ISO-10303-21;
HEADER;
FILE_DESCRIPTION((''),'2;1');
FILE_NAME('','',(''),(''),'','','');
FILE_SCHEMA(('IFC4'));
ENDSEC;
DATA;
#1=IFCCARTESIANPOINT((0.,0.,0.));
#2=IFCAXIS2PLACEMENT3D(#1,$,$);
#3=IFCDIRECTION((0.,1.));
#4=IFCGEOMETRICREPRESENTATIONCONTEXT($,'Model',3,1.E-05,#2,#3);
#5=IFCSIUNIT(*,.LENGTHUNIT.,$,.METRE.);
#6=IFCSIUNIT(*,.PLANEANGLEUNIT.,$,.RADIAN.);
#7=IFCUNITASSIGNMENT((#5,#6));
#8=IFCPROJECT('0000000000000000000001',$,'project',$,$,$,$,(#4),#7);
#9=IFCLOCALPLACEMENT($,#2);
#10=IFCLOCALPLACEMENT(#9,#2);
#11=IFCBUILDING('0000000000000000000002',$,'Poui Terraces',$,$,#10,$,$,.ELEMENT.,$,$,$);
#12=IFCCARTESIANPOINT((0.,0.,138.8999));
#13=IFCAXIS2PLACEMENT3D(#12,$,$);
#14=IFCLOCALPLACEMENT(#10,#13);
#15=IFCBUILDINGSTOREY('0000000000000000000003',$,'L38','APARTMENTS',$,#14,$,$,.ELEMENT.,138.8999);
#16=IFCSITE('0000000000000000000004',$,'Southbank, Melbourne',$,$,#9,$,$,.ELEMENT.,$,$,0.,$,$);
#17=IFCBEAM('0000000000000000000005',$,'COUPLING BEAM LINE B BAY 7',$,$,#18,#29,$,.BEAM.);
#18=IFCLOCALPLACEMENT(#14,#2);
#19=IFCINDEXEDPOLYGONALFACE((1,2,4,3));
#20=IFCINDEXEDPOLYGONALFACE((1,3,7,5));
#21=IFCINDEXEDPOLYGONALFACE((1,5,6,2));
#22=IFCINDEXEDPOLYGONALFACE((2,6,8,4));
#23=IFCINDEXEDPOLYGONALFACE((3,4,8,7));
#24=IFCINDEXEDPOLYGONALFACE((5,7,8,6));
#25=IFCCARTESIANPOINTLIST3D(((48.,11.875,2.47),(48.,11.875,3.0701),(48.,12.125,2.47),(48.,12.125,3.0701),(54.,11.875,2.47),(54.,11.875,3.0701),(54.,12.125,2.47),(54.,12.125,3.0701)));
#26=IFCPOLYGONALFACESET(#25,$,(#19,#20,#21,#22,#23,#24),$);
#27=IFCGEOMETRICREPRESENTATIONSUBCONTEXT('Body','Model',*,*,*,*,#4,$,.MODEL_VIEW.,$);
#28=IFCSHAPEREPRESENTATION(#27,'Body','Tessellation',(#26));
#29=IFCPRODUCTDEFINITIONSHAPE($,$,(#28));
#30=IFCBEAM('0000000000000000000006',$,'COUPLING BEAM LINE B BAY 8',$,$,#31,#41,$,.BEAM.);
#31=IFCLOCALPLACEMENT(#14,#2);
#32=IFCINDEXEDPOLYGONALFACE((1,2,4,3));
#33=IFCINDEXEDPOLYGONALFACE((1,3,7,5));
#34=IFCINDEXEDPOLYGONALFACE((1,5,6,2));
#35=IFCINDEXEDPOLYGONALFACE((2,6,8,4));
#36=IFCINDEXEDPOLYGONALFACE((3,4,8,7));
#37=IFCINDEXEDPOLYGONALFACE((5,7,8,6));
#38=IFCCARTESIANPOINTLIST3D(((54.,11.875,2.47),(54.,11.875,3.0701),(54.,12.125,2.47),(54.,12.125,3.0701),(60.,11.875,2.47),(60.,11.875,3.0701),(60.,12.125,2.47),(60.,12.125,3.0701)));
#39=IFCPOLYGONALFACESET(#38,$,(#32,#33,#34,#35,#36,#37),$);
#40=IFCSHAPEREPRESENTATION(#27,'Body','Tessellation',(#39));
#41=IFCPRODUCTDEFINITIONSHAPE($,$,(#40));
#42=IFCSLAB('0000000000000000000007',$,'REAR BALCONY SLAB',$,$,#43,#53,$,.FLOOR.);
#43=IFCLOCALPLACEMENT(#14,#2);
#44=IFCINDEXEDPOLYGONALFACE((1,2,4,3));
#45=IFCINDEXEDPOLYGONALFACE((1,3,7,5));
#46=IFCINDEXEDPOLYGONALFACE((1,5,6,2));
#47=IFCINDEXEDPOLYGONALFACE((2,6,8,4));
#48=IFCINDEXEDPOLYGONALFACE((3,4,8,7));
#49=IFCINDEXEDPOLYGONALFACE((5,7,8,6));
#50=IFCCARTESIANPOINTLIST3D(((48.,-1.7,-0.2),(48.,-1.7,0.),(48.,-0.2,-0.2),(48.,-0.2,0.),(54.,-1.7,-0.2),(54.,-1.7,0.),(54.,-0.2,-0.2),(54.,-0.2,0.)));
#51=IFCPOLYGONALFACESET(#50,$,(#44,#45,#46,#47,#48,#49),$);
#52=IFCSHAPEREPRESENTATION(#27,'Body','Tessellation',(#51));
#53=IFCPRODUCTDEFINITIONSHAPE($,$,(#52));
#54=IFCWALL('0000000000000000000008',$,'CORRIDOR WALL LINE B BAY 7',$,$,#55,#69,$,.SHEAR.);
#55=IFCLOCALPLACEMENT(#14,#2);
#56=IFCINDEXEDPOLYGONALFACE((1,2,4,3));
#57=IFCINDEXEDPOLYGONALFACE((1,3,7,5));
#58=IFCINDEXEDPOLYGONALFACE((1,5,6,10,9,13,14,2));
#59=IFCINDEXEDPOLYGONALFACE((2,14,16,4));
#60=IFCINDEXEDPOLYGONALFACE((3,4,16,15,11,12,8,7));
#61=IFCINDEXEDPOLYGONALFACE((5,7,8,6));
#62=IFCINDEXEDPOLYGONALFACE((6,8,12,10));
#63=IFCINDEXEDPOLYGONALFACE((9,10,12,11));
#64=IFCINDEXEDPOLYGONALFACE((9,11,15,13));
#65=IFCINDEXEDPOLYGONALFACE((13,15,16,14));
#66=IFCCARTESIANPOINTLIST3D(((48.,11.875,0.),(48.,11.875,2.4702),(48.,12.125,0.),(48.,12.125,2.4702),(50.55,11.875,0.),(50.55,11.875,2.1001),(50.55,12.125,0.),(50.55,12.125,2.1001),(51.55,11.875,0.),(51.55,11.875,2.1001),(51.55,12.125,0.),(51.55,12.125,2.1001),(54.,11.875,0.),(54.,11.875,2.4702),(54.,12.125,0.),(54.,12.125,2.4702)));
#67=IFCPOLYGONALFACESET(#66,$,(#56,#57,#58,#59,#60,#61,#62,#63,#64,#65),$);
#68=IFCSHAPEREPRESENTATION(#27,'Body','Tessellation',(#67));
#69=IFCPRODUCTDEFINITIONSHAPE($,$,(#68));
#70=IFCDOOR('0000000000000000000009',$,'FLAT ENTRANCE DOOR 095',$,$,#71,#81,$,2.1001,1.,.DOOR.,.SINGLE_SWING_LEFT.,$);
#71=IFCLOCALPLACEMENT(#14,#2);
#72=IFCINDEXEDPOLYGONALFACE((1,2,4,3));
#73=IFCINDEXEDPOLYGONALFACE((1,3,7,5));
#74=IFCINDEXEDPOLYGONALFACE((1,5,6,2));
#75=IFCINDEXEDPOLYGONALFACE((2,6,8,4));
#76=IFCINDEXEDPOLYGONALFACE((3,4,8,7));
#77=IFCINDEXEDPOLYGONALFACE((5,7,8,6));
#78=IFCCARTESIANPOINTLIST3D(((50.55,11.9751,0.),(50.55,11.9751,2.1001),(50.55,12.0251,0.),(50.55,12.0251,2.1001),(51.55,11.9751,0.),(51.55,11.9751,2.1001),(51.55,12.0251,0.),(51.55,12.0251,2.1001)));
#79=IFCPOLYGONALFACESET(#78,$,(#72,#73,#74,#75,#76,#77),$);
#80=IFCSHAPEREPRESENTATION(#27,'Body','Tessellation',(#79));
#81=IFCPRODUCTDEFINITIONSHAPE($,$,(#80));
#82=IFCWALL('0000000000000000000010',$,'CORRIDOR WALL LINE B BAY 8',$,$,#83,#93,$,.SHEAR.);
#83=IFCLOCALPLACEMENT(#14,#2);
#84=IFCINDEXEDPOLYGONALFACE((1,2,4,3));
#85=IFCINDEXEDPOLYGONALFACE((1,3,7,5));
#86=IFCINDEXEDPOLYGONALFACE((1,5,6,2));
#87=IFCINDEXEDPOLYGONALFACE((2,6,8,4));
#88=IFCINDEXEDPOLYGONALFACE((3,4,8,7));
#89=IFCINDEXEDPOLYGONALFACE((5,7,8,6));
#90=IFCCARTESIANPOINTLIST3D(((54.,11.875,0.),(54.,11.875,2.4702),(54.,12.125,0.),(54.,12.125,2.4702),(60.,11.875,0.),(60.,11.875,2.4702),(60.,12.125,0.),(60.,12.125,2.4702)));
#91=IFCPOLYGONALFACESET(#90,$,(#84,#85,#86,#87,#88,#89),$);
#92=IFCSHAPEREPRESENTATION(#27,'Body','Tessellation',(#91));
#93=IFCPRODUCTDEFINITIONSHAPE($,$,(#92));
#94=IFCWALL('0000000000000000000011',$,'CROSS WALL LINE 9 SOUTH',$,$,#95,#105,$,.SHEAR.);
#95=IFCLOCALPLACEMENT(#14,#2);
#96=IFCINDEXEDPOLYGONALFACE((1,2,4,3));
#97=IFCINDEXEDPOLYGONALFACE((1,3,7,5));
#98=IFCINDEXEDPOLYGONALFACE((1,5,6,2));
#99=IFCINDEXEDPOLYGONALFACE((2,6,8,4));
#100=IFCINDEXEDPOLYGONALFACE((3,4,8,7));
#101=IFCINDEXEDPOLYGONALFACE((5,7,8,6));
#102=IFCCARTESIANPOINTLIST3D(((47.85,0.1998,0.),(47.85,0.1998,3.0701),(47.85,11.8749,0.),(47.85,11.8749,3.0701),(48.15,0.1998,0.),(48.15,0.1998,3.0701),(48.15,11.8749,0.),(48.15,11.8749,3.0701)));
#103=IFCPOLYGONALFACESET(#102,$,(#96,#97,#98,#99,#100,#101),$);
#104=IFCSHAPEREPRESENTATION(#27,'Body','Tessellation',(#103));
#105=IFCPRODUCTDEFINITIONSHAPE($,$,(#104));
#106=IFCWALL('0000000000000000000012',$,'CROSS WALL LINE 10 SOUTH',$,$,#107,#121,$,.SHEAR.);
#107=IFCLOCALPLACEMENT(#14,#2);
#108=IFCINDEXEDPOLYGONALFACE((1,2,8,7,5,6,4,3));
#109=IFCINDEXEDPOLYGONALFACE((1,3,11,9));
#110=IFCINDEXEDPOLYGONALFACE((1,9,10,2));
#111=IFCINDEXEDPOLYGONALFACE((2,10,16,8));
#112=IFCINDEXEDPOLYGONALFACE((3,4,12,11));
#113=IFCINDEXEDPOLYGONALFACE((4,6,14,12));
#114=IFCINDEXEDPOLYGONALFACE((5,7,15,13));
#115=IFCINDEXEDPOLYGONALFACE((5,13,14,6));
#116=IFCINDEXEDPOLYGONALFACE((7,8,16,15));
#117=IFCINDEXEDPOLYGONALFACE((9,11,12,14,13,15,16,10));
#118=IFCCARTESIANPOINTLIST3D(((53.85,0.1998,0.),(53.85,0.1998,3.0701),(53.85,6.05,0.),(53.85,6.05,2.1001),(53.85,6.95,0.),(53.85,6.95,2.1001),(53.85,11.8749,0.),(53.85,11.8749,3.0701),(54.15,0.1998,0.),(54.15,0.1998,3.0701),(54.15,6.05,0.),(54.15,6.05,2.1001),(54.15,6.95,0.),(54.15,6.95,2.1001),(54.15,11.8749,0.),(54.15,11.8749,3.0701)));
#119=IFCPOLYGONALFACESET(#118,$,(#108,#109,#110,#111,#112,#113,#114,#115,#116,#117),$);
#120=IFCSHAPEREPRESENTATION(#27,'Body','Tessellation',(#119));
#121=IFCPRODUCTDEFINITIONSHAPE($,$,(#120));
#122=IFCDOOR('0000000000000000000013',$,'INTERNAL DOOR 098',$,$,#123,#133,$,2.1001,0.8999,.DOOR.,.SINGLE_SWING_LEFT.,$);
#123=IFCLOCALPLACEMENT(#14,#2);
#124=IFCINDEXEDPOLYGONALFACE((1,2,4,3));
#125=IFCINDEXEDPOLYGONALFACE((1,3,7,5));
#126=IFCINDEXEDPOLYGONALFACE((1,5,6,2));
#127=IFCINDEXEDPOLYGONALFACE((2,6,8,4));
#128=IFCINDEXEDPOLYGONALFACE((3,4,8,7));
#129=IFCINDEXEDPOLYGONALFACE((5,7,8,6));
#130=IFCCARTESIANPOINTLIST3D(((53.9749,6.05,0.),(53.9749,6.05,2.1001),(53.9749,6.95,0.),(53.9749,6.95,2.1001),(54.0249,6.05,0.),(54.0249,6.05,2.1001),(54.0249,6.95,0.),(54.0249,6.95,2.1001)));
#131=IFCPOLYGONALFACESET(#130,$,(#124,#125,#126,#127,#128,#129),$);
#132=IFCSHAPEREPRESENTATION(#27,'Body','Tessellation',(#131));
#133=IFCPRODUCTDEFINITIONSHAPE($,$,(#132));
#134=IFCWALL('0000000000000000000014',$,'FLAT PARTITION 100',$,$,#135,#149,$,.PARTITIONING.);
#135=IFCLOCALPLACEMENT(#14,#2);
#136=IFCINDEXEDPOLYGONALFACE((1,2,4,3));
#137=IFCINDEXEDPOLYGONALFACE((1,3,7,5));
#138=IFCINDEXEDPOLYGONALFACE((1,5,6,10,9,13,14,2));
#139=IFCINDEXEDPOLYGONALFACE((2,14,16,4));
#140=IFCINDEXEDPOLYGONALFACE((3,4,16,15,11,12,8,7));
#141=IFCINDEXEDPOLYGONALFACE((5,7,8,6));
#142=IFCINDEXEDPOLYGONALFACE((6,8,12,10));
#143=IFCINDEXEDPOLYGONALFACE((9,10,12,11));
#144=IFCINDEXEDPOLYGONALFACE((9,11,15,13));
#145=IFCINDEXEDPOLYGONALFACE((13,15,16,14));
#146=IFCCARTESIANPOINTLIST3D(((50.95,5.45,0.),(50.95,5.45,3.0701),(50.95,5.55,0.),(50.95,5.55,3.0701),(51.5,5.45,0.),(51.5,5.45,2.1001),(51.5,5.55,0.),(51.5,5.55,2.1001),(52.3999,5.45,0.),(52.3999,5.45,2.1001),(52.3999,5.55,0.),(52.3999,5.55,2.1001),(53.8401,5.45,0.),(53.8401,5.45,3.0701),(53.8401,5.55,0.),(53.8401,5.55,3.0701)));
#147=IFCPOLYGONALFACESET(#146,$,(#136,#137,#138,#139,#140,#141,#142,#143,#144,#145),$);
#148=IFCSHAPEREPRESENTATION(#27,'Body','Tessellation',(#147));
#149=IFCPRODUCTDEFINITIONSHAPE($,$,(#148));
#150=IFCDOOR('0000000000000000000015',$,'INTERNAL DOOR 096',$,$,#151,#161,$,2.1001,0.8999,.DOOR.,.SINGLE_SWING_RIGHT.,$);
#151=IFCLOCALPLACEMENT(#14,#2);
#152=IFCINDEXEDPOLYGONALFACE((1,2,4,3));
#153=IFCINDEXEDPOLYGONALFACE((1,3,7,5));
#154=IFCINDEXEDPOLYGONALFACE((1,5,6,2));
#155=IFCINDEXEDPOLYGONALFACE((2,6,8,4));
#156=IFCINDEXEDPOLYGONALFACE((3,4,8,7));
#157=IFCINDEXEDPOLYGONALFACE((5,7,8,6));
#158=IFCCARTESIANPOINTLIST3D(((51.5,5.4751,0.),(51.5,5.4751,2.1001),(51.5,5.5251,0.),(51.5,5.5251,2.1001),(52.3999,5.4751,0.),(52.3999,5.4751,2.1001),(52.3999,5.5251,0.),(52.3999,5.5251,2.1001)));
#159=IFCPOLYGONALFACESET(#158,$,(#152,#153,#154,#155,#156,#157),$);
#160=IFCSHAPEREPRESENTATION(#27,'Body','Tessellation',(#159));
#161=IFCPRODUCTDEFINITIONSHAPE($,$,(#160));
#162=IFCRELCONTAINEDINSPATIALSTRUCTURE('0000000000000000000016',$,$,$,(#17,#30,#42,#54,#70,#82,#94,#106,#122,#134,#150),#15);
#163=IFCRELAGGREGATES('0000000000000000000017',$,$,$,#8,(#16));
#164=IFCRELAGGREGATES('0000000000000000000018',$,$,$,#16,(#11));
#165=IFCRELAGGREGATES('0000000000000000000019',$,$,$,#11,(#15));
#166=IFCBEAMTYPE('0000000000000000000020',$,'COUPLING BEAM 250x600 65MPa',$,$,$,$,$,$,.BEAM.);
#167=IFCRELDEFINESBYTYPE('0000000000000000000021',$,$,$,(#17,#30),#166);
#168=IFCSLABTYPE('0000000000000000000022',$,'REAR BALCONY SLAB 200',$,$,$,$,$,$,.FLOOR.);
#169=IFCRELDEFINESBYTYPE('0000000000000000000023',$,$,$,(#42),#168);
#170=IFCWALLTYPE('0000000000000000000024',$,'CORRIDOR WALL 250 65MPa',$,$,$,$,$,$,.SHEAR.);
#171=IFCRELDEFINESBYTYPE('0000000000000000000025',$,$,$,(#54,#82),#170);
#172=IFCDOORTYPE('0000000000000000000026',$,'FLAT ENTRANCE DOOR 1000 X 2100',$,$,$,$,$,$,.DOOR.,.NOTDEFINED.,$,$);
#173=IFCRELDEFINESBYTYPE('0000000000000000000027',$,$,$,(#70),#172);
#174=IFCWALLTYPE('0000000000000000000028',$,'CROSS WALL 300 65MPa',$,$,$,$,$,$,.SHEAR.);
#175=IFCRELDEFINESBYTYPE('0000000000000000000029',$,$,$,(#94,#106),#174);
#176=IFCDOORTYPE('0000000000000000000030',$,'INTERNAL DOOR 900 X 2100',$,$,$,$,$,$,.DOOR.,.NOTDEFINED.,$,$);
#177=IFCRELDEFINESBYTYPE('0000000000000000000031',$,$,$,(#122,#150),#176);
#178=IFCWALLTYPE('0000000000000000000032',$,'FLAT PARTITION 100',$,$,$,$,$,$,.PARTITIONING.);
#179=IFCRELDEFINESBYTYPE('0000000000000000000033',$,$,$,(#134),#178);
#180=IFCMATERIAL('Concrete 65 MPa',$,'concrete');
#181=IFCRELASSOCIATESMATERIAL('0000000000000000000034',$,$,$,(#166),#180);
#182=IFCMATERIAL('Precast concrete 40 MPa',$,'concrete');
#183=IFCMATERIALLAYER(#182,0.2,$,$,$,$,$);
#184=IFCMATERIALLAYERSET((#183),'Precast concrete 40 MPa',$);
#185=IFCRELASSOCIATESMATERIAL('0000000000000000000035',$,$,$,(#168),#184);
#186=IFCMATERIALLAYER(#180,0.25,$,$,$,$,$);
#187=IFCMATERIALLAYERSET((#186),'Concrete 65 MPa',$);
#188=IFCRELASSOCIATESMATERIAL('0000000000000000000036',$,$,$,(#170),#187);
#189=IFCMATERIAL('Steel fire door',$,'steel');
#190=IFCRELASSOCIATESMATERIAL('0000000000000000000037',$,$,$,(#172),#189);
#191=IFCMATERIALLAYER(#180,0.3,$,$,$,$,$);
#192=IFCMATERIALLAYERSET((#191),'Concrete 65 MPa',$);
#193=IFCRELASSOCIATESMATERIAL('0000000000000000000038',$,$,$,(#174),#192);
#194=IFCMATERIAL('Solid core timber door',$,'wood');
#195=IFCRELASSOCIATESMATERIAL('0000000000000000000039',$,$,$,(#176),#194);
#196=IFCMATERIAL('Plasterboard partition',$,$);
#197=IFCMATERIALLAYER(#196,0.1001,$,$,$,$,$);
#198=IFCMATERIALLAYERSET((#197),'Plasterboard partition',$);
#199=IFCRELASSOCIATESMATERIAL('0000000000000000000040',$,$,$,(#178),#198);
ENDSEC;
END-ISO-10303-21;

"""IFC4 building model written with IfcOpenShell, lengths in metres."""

from ifc_helpers import new_model, si_unit, direction, frame, frame_2d, origin, origin_2d, place, context, subcontext, project, spatial, polyline, rectangle, outline, extrude, source, transform, mapped, material, layer, layer_set, material_profile, profile_set, type_object, element, fill, save


model = new_model("IFC4")

# Units and contexts
model_context = context("Model", 3, precision=1e-05, world=origin(), true_north=direction((0.0, 1.0)))
body_context = subcontext(model_context, "Body", "Model", "MODEL_VIEW")
ifc_project = project(units=[si_unit("LENGTHUNIT", "METRE"), si_unit("PLANEANGLEUNIT", "RADIAN")], contexts=[model_context])

# Site, building, storey
site_placement = place(None, origin())
site = spatial("IfcSite", under=ifc_project, at=site_placement, Name="Southbank, Melbourne", CompositionType="ELEMENT", RefElevation=0.0)
building_placement = place(site_placement, origin())
building = spatial("IfcBuilding", under=site, at=building_placement, Name="Poui Terraces", CompositionType="ELEMENT")
storey_placement = place(building_placement, frame((0.0, 0.0, 138.8999)))
storey = spatial("IfcBuildingStorey", under=building, at=storey_placement, Name="L38", Description="APARTMENTS", CompositionType="ELEMENT", Elevation=138.8999)

# Beams
ifc_material_1 = material(Name="Concrete 65 MPa", Category="concrete")
ifc_material_profile_1 = material_profile(ifc_material_1, rectangle(XDim=0.25, YDim=0.6001, at=origin_2d()), Name="RC 250x600")
ifc_profile_set_1 = profile_set([ifc_material_profile_1], Name="Concrete 65 MPa")
beam_type = type_object("IfcBeamType", Name="COUPLING BEAM 250x600 65MPa", PredefinedType="BEAM", material=ifc_profile_set_1)
shared_shape_1 = source(origin(), body_context, "Body", "SweptSolid", [
    extrude(rectangle(XDim=0.25, YDim=0.6001, at=origin_2d()), origin(), (0.0, 0.0, 1.0), 6.0),
])
for number, where, z_axis, x_axis, name in (
    (1, (48.0, 12.0, 2.77), (1.0, 0.0, 0.0), (0.0, 1.0, 0.0), "COUPLING BEAM LINE B BAY 7"),
    (2, (54.0, 12.0, 2.77), (1.0, 0.0, 0.0), (0.0, 1.0, 0.0), "COUPLING BEAM LINE B BAY 8"),
):
    element("IfcBeam", number, at=place(storey_placement, frame(where, z_axis=z_axis, x_axis=x_axis)), inside=storey, type_object=beam_type, Name=name, PredefinedType="BEAM", context=body_context, shape_type="MappedRepresentation", body=[
        mapped(shared_shape_1, transform((0.0, 0.0, 0.0))),
    ])

# Slab
ifc_material_2 = material(Name="Precast concrete 40 MPa", Category="concrete")
ifc_layer_1 = layer(ifc_material_2, 0.2)
ifc_layer_set_1 = layer_set([ifc_layer_1], Name="Precast concrete 40 MPa")
slab_type = type_object("IfcSlabType", Name="REAR BALCONY SLAB 200", PredefinedType="FLOOR", material=ifc_layer_set_1)
shared_shape_2 = source(origin(), body_context, "Body", "SweptSolid", [
    extrude(outline(polyline([(0.0, 0.0), (6.0, 0.0), (6.0, 1.5), (0.0, 1.5), (0.0, 0.0)])), origin(), (0.0, 0.0, 1.0), 0.2),
])
slab_placement = place(storey_placement, frame((48.0, -1.7, -0.2)))
element("IfcSlab", 3, at=slab_placement, inside=storey, type_object=slab_type, Name="REAR BALCONY SLAB", PredefinedType="FLOOR", context=body_context, shape_type="MappedRepresentation", body=[
    mapped(shared_shape_2, transform((0.0, 0.0, 0.0))),
])

# Wall, opening, door
ifc_layer_2 = layer(ifc_material_1, 0.25)
ifc_layer_set_2 = layer_set([ifc_layer_2], Name="Concrete 65 MPa")
wall_type_1 = type_object("IfcWallType", Name="CORRIDOR WALL 250 65MPa", PredefinedType="SHEAR", material=ifc_layer_set_2)
wall_1_placement = place(storey_placement, frame((48.0, 12.0, 0.0), z_axis=(0.0, 0.0, 1.0), x_axis=(1.0, 0.0, 0.0)))
wall_1 = element("IfcWall", 4, at=wall_1_placement, inside=storey, type_object=wall_type_1, Name="CORRIDOR WALL LINE B BAY 7", PredefinedType="SHEAR", context=body_context, shape_type="SweptSolid", body=[
    extrude(rectangle(XDim=6.0, YDim=0.25, at=frame_2d((3.0, 0.0))), origin(), (0.0, 0.0, 1.0), 2.4702),
])
opening_1_placement = place(wall_1_placement, frame((2.55, 0.0, 0.0)))
opening_1 = element("IfcOpeningElement", 5, at=opening_1_placement, cuts=wall_1, PredefinedType="OPENING", context=body_context, shape_type="SweptSolid", body=[
    extrude(rectangle(XDim=1.0, YDim=2.1001, at=frame_2d((0.5, 1.05))), frame((0.0, 0.135, 0.0), z_axis=(0.0, -1.0, 0.0), x_axis=(1.0, 0.0, 0.0)), (0.0, 0.0, 1.0), 0.27),
])
ifc_material_3 = material(Name="Steel fire door", Category="steel")
door_type_1 = type_object("IfcDoorType", Name="FLAT ENTRANCE DOOR 1000 X 2100", OperationType="NOTDEFINED", PredefinedType="DOOR", material=ifc_material_3)
door_1_placement = place(opening_1_placement, frame((1.0, 0.0, 0.0), z_axis=(0.0, 0.0, 1.0), x_axis=(-1.0, 0.0, 0.0)))
door_1 = element("IfcDoor", 6, at=door_1_placement, inside=storey, type_object=door_type_1, Name="FLAT ENTRANCE DOOR 095", OperationType="SINGLE_SWING_LEFT", OverallHeight=2.1001, OverallWidth=1.0, PredefinedType="DOOR", context=body_context, shape_type="SweptSolid", body=[
    extrude(rectangle(XDim=1.0, YDim=2.1001, at=frame_2d((0.5, 1.05))), frame((0.0, 0.0249, 0.0), z_axis=(0.0, -1.0, 0.0), x_axis=(1.0, 0.0, 0.0)), (0.0, 0.0, 1.0), 0.05),
])
fill(opening_1, door_1)

# Walls
wall_2_placement = place(storey_placement, frame((54.0, 12.0, 0.0), z_axis=(0.0, 0.0, 1.0), x_axis=(1.0, 0.0, 0.0)))
element("IfcWall", 7, at=wall_2_placement, inside=storey, type_object=wall_type_1, Name="CORRIDOR WALL LINE B BAY 8", PredefinedType="SHEAR", context=body_context, shape_type="SweptSolid", body=[
    extrude(rectangle(XDim=6.0, YDim=0.25, at=frame_2d((3.0, 0.0))), origin(), (0.0, 0.0, 1.0), 2.4702),
])
ifc_layer_3 = layer(ifc_material_1, 0.3)
ifc_layer_set_3 = layer_set([ifc_layer_3], Name="Concrete 65 MPa")
wall_type_2 = type_object("IfcWallType", Name="CROSS WALL 300 65MPa", PredefinedType="SHEAR", material=ifc_layer_set_3)
wall_3_placement = place(storey_placement, frame((48.0, 0.2, 0.0), z_axis=(0.0, 0.0, 1.0), x_axis=(0.0, 1.0, 0.0)))
element("IfcWall", 8, at=wall_3_placement, inside=storey, type_object=wall_type_2, Name="CROSS WALL LINE 9 SOUTH", PredefinedType="SHEAR", context=body_context, shape_type="SweptSolid", body=[
    extrude(rectangle(XDim=11.675, YDim=0.3, at=frame_2d((5.8374, 0.0))), origin(), (0.0, 0.0, 1.0), 3.0701),
])

# Walls, openings, doors
wall_4_placement = place(storey_placement, frame((54.0, 0.2, 0.0), z_axis=(0.0, 0.0, 1.0), x_axis=(0.0, 1.0, 0.0)))
wall_4 = element("IfcWall", 9, at=wall_4_placement, inside=storey, type_object=wall_type_2, Name="CROSS WALL LINE 10 SOUTH", PredefinedType="SHEAR", context=body_context, shape_type="SweptSolid", body=[
    extrude(rectangle(XDim=11.675, YDim=0.3, at=frame_2d((5.8374, 0.0))), origin(), (0.0, 0.0, 1.0), 3.0701),
])
opening_2_placement = place(wall_4_placement, frame((5.8501, 0.0, 0.0)))
opening_2 = element("IfcOpeningElement", 10, at=opening_2_placement, cuts=wall_4, PredefinedType="OPENING", context=body_context, shape_type="SweptSolid", body=[
    extrude(rectangle(XDim=0.8999, YDim=2.1001, at=frame_2d((0.45, 1.05))), frame((0.0, 0.1602, 0.0), z_axis=(0.0, -1.0, 0.0), x_axis=(1.0, 0.0, 0.0)), (0.0, 0.0, 1.0), 0.3201),
])
ifc_material_4 = material(Name="Solid core timber door", Category="wood")
door_type_2 = type_object("IfcDoorType", Name="INTERNAL DOOR 900 X 2100", OperationType="NOTDEFINED", PredefinedType="DOOR", material=ifc_material_4)
door_2_placement = place(opening_2_placement, frame((0.8999, 0.0, 0.0), z_axis=(0.0, 0.0, 1.0), x_axis=(-1.0, 0.0, 0.0)))
door_2 = element("IfcDoor", 11, at=door_2_placement, inside=storey, type_object=door_type_2, Name="INTERNAL DOOR 098", OperationType="SINGLE_SWING_LEFT", OverallHeight=2.1001, OverallWidth=0.8999, PredefinedType="DOOR", context=body_context, shape_type="SweptSolid", body=[
    extrude(rectangle(XDim=0.8999, YDim=2.1001, at=frame_2d((0.45, 1.05))), frame((0.0, 0.0249, 0.0), z_axis=(0.0, -1.0, 0.0), x_axis=(1.0, 0.0, 0.0)), (0.0, 0.0, 1.0), 0.05),
])
fill(opening_2, door_2)
ifc_material_5 = material(Name="Plasterboard partition")
ifc_layer_4 = layer(ifc_material_5, 0.1001)
ifc_layer_set_4 = layer_set([ifc_layer_4], Name="Plasterboard partition")
wall_type_3 = type_object("IfcWallType", Name="FLAT PARTITION 100", PredefinedType="PARTITIONING", material=ifc_layer_set_4)
wall_5_placement = place(storey_placement, frame((50.95, 5.5, 0.0), z_axis=(0.0, 0.0, 1.0), x_axis=(1.0, 0.0, 0.0)))
wall_5 = element("IfcWall", 12, at=wall_5_placement, inside=storey, type_object=wall_type_3, Name="FLAT PARTITION 100", PredefinedType="PARTITIONING", context=body_context, shape_type="SweptSolid", body=[
    extrude(rectangle(XDim=2.8901, YDim=0.1001, at=frame_2d((1.4451, 0.0))), origin(), (0.0, 0.0, 1.0), 3.0701),
])
opening_3_placement = place(wall_5_placement, frame((0.55, 0.0, 0.0)))
opening_3 = element("IfcOpeningElement", 13, at=opening_3_placement, cuts=wall_5, PredefinedType="OPENING", context=body_context, shape_type="SweptSolid", body=[
    extrude(rectangle(XDim=0.8999, YDim=2.1001, at=frame_2d((0.45, 1.05))), frame((0.0, 0.0601, 0.0), z_axis=(0.0, -1.0, 0.0), x_axis=(1.0, 0.0, 0.0)), (0.0, 0.0, 1.0), 0.1201),
])
door_3_placement = place(opening_3_placement, frame((0.8999, 0.0, 0.0), z_axis=(0.0, 0.0, 1.0), x_axis=(-1.0, 0.0, 0.0)))
door_3 = element("IfcDoor", 14, at=door_3_placement, inside=storey, type_object=door_type_2, Name="INTERNAL DOOR 096", OperationType="SINGLE_SWING_RIGHT", OverallHeight=2.1001, OverallWidth=0.8999, PredefinedType="DOOR", context=body_context, shape_type="SweptSolid", body=[
    extrude(rectangle(XDim=0.8999, YDim=2.1001, at=frame_2d((0.45, 1.05))), frame((0.0, 0.0249, 0.0), z_axis=(0.0, -1.0, 0.0), x_axis=(1.0, 0.0, 0.0)), (0.0, 0.0, 1.0), 0.05),
])
fill(opening_3, door_3)

save(model, "model.ifc")
